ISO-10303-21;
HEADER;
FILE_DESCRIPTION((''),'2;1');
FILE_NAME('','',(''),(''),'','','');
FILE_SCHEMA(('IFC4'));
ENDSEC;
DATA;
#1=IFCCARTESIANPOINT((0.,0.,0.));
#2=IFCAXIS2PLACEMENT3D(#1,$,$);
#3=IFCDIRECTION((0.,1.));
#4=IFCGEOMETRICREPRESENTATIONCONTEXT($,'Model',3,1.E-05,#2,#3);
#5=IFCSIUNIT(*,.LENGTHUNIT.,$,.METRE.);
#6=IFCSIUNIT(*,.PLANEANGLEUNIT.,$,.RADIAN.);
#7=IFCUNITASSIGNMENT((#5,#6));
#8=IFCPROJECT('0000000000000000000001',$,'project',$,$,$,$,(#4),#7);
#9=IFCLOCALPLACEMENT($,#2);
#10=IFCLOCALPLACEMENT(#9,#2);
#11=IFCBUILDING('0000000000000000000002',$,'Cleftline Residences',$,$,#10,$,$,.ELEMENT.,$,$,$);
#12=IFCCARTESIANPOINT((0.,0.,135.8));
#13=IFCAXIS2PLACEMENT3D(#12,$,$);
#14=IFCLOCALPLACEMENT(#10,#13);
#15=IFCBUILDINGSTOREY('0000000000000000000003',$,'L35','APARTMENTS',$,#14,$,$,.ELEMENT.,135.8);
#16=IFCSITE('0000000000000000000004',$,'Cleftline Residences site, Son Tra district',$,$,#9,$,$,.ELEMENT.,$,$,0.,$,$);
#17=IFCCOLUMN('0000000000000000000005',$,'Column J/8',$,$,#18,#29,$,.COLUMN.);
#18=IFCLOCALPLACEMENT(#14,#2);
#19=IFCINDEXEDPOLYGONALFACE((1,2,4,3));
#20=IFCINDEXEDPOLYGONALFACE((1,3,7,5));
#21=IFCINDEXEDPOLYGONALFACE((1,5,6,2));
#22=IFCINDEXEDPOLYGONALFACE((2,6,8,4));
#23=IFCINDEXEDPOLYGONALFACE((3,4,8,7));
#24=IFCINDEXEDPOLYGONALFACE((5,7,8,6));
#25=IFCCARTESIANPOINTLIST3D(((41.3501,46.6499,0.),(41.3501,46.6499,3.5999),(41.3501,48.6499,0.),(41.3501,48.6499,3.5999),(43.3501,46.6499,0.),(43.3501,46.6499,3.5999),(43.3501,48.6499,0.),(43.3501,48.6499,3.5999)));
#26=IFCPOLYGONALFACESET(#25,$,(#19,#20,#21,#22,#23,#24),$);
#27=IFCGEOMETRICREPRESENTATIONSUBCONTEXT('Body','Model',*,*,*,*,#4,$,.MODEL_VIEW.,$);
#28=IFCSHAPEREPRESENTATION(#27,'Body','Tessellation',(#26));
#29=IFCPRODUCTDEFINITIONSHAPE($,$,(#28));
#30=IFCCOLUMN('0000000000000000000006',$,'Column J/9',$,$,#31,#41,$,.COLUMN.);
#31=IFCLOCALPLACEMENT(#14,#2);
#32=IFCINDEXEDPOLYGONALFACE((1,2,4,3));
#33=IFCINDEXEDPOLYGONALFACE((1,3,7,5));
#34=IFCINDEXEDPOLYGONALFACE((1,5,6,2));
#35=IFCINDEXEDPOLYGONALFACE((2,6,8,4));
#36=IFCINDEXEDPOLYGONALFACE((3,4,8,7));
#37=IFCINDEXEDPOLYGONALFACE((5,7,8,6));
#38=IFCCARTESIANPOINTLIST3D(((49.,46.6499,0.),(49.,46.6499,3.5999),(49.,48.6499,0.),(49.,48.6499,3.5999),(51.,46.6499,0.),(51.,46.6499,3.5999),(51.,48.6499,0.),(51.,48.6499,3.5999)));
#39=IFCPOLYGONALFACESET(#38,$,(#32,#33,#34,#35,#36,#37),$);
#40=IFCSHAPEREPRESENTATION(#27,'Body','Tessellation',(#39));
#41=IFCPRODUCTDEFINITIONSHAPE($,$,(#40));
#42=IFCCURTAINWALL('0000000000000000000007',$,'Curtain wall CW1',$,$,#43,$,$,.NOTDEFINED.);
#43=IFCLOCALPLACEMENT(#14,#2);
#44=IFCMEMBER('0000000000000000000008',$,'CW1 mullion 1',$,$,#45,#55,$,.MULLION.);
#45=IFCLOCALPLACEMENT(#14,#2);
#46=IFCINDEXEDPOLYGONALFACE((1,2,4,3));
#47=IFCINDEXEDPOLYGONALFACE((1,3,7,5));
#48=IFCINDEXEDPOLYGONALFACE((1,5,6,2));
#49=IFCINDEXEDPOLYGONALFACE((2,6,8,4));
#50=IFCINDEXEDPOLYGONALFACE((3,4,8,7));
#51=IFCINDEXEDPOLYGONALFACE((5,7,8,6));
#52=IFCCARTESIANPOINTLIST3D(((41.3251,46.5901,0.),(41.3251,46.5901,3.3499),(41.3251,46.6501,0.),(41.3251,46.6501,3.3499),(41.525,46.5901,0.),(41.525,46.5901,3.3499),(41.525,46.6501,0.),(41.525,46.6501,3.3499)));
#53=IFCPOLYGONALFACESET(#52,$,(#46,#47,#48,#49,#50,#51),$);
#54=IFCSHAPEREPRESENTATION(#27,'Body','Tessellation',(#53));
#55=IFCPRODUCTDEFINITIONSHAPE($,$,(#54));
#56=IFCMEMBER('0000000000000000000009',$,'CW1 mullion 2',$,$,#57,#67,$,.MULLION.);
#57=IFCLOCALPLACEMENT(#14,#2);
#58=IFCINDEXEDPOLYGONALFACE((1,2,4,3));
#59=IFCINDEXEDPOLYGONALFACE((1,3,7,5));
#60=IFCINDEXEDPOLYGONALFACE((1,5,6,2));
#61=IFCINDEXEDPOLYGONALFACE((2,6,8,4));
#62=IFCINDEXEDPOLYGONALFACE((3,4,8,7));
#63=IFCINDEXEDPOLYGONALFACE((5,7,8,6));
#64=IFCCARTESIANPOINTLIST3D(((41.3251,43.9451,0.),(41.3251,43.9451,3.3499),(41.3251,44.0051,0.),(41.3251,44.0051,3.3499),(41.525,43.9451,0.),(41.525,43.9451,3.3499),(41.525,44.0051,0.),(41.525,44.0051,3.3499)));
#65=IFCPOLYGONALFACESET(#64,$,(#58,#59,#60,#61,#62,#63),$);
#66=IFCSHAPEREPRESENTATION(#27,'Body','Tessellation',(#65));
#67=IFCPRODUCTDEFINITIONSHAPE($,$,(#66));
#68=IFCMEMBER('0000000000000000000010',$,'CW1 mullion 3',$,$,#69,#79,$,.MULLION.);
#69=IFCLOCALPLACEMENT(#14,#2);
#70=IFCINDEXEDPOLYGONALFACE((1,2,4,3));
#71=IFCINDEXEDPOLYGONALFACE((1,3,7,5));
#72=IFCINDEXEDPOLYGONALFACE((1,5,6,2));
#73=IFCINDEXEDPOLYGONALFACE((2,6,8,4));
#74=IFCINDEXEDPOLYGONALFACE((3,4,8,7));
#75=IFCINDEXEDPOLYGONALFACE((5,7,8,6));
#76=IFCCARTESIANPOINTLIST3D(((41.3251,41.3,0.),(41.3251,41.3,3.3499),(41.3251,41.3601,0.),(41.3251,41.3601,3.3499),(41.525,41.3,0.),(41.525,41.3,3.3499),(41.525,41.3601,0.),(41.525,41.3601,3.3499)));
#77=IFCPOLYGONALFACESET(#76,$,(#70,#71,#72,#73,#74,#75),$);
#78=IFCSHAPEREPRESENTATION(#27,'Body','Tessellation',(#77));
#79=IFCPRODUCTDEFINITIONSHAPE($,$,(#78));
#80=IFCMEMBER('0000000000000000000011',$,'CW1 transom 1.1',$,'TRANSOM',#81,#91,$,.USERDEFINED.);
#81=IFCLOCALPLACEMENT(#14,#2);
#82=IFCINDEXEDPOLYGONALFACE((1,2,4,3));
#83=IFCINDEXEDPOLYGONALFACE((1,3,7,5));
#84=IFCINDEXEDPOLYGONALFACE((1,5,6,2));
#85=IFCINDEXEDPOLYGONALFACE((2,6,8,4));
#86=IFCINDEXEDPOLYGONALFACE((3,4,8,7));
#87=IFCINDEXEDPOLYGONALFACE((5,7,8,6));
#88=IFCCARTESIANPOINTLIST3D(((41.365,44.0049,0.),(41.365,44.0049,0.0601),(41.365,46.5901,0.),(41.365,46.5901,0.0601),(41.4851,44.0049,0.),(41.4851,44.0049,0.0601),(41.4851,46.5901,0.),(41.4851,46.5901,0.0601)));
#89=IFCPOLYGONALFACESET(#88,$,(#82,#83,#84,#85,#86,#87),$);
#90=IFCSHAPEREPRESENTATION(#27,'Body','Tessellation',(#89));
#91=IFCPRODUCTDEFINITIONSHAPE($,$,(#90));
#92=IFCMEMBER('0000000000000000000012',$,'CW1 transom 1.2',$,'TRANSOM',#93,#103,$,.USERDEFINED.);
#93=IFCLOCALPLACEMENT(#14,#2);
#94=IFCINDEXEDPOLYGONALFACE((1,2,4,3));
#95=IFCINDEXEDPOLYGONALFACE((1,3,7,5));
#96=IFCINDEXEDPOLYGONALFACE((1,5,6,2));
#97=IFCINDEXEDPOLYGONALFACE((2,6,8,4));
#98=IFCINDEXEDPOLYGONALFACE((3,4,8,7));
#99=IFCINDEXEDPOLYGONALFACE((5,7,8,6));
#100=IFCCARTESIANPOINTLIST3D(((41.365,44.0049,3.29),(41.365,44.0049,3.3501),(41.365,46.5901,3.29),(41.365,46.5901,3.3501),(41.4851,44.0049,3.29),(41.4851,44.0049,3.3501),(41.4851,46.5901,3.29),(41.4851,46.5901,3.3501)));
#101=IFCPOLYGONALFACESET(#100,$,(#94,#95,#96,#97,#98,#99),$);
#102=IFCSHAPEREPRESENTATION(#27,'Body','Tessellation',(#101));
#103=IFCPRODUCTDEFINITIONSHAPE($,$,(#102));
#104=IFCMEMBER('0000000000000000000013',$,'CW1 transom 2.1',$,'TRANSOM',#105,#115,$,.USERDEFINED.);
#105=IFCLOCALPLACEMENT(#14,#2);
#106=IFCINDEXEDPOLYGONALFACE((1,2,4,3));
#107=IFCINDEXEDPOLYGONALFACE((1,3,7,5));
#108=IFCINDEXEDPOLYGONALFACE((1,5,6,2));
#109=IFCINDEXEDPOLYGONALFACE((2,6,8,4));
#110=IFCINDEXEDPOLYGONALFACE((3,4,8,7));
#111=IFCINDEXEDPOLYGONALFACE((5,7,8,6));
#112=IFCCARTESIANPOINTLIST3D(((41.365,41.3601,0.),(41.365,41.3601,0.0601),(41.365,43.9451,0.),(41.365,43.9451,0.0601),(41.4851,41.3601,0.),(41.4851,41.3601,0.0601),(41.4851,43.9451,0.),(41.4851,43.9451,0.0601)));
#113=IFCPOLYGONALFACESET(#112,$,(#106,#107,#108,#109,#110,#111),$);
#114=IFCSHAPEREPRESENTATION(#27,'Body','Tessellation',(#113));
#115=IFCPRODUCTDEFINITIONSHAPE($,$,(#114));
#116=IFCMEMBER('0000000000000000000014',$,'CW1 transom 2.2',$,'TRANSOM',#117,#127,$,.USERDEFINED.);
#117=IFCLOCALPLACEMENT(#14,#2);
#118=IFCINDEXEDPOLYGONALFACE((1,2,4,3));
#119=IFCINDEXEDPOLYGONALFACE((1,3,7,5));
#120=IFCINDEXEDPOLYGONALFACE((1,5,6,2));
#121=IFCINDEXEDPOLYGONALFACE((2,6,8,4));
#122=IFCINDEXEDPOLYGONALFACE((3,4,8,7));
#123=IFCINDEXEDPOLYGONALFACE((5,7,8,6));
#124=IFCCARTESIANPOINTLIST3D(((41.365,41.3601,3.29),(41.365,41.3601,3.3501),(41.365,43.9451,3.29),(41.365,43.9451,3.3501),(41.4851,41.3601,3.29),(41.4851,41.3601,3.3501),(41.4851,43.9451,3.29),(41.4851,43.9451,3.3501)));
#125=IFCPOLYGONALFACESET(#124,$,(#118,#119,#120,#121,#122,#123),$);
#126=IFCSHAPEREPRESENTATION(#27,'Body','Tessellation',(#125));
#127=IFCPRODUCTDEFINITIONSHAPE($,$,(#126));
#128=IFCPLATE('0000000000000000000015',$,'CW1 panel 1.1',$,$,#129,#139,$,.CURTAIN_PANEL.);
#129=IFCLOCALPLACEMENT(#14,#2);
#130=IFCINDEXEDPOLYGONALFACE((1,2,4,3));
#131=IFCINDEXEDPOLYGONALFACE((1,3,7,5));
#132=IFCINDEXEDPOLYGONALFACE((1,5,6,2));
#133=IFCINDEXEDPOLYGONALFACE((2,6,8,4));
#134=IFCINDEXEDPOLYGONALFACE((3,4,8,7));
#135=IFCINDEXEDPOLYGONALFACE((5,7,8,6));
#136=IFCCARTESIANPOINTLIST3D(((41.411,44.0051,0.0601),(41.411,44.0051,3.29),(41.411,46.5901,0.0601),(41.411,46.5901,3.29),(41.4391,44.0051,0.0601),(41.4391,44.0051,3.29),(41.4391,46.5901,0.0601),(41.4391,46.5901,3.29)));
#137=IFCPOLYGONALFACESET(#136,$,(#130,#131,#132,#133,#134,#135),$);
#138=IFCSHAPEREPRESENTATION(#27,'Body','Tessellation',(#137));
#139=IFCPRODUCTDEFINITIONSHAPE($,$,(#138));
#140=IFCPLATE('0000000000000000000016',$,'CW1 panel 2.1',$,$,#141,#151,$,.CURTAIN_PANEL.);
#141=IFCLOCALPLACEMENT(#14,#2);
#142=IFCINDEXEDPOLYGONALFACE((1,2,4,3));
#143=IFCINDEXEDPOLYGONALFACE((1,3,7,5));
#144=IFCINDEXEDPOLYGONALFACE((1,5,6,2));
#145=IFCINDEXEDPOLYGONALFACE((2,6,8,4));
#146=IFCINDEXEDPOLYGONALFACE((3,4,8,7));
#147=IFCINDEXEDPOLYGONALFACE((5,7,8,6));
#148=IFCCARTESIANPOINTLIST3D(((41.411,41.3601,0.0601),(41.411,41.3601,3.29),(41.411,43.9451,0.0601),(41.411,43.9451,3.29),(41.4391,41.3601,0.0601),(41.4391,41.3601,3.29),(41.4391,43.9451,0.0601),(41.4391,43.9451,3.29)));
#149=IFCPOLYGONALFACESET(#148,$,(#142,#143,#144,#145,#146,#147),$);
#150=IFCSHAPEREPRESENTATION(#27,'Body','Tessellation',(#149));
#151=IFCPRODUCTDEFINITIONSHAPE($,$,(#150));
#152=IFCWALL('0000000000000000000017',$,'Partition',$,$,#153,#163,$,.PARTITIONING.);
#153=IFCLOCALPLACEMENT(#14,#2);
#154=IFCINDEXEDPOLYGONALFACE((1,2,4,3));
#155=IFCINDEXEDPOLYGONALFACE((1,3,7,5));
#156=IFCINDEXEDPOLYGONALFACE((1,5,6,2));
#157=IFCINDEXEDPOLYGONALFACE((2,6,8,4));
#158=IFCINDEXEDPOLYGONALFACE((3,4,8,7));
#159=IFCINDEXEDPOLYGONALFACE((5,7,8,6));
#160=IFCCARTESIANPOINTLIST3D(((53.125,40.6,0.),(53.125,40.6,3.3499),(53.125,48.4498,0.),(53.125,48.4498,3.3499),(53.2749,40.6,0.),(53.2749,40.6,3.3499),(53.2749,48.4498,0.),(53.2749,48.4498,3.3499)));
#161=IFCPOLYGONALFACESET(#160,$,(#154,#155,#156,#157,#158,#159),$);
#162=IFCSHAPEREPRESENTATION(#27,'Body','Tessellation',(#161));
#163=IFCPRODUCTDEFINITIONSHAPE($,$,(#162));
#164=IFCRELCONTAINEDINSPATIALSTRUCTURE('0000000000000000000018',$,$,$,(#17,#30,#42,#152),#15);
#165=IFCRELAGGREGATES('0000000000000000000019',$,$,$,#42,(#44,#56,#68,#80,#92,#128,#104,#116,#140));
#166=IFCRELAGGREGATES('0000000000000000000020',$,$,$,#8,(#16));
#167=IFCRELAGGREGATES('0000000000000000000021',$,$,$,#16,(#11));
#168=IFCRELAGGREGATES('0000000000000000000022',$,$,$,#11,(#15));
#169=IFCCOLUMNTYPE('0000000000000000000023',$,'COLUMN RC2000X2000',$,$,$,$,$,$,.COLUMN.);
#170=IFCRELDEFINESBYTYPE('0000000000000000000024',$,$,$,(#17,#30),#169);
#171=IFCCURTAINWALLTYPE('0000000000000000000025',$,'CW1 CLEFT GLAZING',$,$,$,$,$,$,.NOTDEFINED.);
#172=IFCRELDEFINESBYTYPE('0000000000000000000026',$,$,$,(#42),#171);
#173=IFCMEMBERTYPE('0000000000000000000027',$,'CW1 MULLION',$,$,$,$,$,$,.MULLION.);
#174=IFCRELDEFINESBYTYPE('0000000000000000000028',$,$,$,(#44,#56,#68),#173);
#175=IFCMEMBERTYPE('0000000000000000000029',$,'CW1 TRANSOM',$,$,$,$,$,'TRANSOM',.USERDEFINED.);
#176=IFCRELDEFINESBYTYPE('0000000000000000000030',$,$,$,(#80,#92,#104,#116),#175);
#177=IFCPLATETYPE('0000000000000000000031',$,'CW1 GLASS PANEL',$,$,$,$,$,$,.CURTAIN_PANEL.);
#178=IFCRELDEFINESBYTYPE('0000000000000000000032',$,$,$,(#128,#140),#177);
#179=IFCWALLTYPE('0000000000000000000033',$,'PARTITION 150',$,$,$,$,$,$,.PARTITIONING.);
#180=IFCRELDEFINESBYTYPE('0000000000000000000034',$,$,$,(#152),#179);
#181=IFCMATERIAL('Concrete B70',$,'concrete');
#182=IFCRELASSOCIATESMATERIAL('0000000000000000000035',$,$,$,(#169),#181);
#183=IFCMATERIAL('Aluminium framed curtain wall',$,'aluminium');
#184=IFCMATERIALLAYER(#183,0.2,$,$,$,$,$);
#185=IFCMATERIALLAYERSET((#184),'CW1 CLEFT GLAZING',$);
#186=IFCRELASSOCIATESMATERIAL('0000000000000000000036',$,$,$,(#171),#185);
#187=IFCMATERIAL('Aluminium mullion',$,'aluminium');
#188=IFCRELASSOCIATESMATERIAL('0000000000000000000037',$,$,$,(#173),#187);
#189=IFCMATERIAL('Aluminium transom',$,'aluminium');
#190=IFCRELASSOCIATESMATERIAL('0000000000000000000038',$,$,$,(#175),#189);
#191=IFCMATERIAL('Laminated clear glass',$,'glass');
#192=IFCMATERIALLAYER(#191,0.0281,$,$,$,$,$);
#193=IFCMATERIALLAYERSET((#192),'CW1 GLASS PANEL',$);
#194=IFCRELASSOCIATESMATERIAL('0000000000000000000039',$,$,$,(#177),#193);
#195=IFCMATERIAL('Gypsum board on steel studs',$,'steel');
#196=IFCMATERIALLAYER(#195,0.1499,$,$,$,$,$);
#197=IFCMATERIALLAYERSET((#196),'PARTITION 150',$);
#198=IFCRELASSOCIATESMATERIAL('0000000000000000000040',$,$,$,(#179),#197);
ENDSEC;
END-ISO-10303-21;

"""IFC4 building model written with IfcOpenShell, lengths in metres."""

from ifc_helpers import new_model, si_unit, direction, frame, frame_2d, origin, origin_2d, place, context, subcontext, project, spatial, rectangle, extrude, material, layer, layer_set, material_profile, profile_set, type_object, element, aggregate, save


model = new_model("IFC4")

# Units and contexts
model_context = context("Model", 3, precision=1e-05, world=origin(), true_north=direction((0.0, 1.0)))
body_context = subcontext(model_context, "Body", "Model", "MODEL_VIEW")
ifc_project = project(units=[si_unit("LENGTHUNIT", "METRE"), si_unit("PLANEANGLEUNIT", "RADIAN")], contexts=[model_context])

# Site, building, storey
site_placement = place(None, origin())
site = spatial("IfcSite", under=ifc_project, at=site_placement, Name="Cleftline Residences site, Son Tra district", CompositionType="ELEMENT", RefElevation=0.0)
building_placement = place(site_placement, origin())
building = spatial("IfcBuilding", under=site, at=building_placement, Name="Cleftline Residences", CompositionType="ELEMENT")
storey_placement = place(building_placement, frame((0.0, 0.0, 135.8)))
storey = spatial("IfcBuildingStorey", under=building, at=storey_placement, Name="L35", Description="APARTMENTS", CompositionType="ELEMENT", Elevation=135.8)

# Columns
ifc_material_1 = material(Name="Concrete B70", Category="concrete")
ifc_material_profile_1 = material_profile(ifc_material_1, rectangle(XDim=2.0, YDim=2.0, at=origin_2d()))
ifc_profile_set_1 = profile_set([ifc_material_profile_1], Name="Concrete B70")
column_type = type_object("IfcColumnType", Name="COLUMN RC2000X2000", PredefinedType="COLUMN", material=ifc_profile_set_1)
for number, where, z_axis, x_axis, name in (
    (1, (42.3501, 47.6499, 0.0), (0.0, 0.0, 1.0), (1.0, 0.0, 0.0), "Column J/8"),
    (2, (50.0, 47.6499, 0.0), (0.0, 0.0, 1.0), (1.0, 0.0, 0.0), "Column J/9"),
):
    element("IfcColumn", number, at=place(storey_placement, frame(where, z_axis=z_axis, x_axis=x_axis)), inside=storey, type_object=column_type, Name=name, PredefinedType="COLUMN", context=body_context, shape_type="SweptSolid", body=[
        extrude(rectangle(XDim=2.0, YDim=2.0, at=origin_2d()), origin(), (0.0, 0.0, 1.0), 3.5999),
    ])

# Curtain wall, members, plates
ifc_material_2 = material(Name="Aluminium framed curtain wall", Category="aluminium")
ifc_layer_1 = layer(ifc_material_2, 0.2)
ifc_layer_set_1 = layer_set([ifc_layer_1], Name="CW1 CLEFT GLAZING")
curtain_wall_type = type_object("IfcCurtainWallType", Name="CW1 CLEFT GLAZING", PredefinedType="NOTDEFINED", material=ifc_layer_set_1)
curtain_wall_placement = place(storey_placement, origin())
curtain_wall = element("IfcCurtainWall", 3, at=curtain_wall_placement, inside=storey, type_object=curtain_wall_type, Name="Curtain wall CW1", PredefinedType="NOTDEFINED")
ifc_material_3 = material(Name="Aluminium mullion", Category="aluminium")
ifc_material_profile_2 = material_profile(ifc_material_3, rectangle(XDim=0.2, YDim=0.0601, at=origin_2d()))
ifc_profile_set_2 = profile_set([ifc_material_profile_2], Name="Aluminium mullion")
member_type_1 = type_object("IfcMemberType", Name="CW1 MULLION", PredefinedType="MULLION", material=ifc_profile_set_2)
member_1_placement = place(storey_placement, frame((41.425, 46.6201, 0.0), z_axis=(0.0, 0.0, 1.0), x_axis=(1.0, 0.0, 0.0)))
member_1 = element("IfcMember", 4, at=member_1_placement, type_object=member_type_1, Name="CW1 mullion 1", PredefinedType="MULLION", context=body_context, shape_type="SweptSolid", body=[
    extrude(rectangle(XDim=0.2, YDim=0.0601, at=origin_2d()), origin(), (0.0, 0.0, 1.0), 3.3499),
])
member_2_placement = place(storey_placement, frame((41.425, 43.9751, 0.0), z_axis=(0.0, 0.0, 1.0), x_axis=(1.0, 0.0, 0.0)))
member_2 = element("IfcMember", 5, at=member_2_placement, type_object=member_type_1, Name="CW1 mullion 2", PredefinedType="MULLION", context=body_context, shape_type="SweptSolid", body=[
    extrude(rectangle(XDim=0.2, YDim=0.0601, at=origin_2d()), origin(), (0.0, 0.0, 1.0), 3.3499),
])
member_3_placement = place(storey_placement, frame((41.425, 41.3301, 0.0), z_axis=(0.0, 0.0, 1.0), x_axis=(1.0, 0.0, 0.0)))
member_3 = element("IfcMember", 6, at=member_3_placement, type_object=member_type_1, Name="CW1 mullion 3", PredefinedType="MULLION", context=body_context, shape_type="SweptSolid", body=[
    extrude(rectangle(XDim=0.2, YDim=0.0601, at=origin_2d()), origin(), (0.0, 0.0, 1.0), 3.3499),
])
ifc_material_4 = material(Name="Aluminium transom", Category="aluminium")
ifc_material_profile_3 = material_profile(ifc_material_4, rectangle(XDim=0.1201, YDim=0.0601, at=origin_2d()))
ifc_profile_set_3 = profile_set([ifc_material_profile_3], Name="Aluminium transom")
member_type_2 = type_object("IfcMemberType", Name="CW1 TRANSOM", ElementType="TRANSOM", PredefinedType="USERDEFINED", material=ifc_profile_set_3)
member_4_placement = place(storey_placement, frame((41.425, 46.5901, 0.03), z_axis=(0.0, -1.0, 0.0), x_axis=(1.0, 0.0, 0.0)))
member_4 = element("IfcMember", 7, at=member_4_placement, type_object=member_type_2, Name="CW1 transom 1.1", ObjectType="TRANSOM", PredefinedType="USERDEFINED", context=body_context, shape_type="SweptSolid", body=[
    extrude(rectangle(XDim=0.1201, YDim=0.0601, at=origin_2d()), origin(), (0.0, 0.0, 1.0), 2.5852),
])
member_5_placement = place(storey_placement, frame((41.425, 46.5901, 3.3201), z_axis=(0.0, -1.0, 0.0), x_axis=(1.0, 0.0, 0.0)))
member_5 = element("IfcMember", 8, at=member_5_placement, type_object=member_type_2, Name="CW1 transom 1.2", ObjectType="TRANSOM", PredefinedType="USERDEFINED", context=body_context, shape_type="SweptSolid", body=[
    extrude(rectangle(XDim=0.1201, YDim=0.0601, at=origin_2d()), origin(), (0.0, 0.0, 1.0), 2.5852),
])
member_6_placement = place(storey_placement, frame((41.425, 43.9451, 0.03), z_axis=(0.0, -1.0, 0.0), x_axis=(1.0, 0.0, 0.0)))
member_6 = element("IfcMember", 9, at=member_6_placement, type_object=member_type_2, Name="CW1 transom 2.1", ObjectType="TRANSOM", PredefinedType="USERDEFINED", context=body_context, shape_type="SweptSolid", body=[
    extrude(rectangle(XDim=0.1201, YDim=0.0601, at=origin_2d()), origin(), (0.0, 0.0, 1.0), 2.585),
])
member_7_placement = place(storey_placement, frame((41.425, 43.9451, 3.3201), z_axis=(0.0, -1.0, 0.0), x_axis=(1.0, 0.0, 0.0)))
member_7 = element("IfcMember", 10, at=member_7_placement, type_object=member_type_2, Name="CW1 transom 2.2", ObjectType="TRANSOM", PredefinedType="USERDEFINED", context=body_context, shape_type="SweptSolid", body=[
    extrude(rectangle(XDim=0.1201, YDim=0.0601, at=origin_2d()), origin(), (0.0, 0.0, 1.0), 2.585),
])
ifc_material_5 = material(Name="Laminated clear glass", Category="glass")
ifc_layer_2 = layer(ifc_material_5, 0.0281)
ifc_layer_set_2 = layer_set([ifc_layer_2], Name="CW1 GLASS PANEL")
plate_type = type_object("IfcPlateType", Name="CW1 GLASS PANEL", PredefinedType="CURTAIN_PANEL", material=ifc_layer_set_2)
plate_1_placement = place(storey_placement, frame((41.425, 45.2976, 0.0601), z_axis=(0.0, 0.0, 1.0), x_axis=(0.0, -1.0, 0.0)))
plate_1 = element("IfcPlate", 11, at=plate_1_placement, type_object=plate_type, Name="CW1 panel 1.1", PredefinedType="CURTAIN_PANEL", context=body_context, shape_type="SweptSolid", body=[
    extrude(rectangle(XDim=2.585, YDim=0.0281, at=origin_2d()), origin(), (0.0, 0.0, 1.0), 3.23),
])
plate_2_placement = place(storey_placement, frame((41.425, 42.6526, 0.0601), z_axis=(0.0, 0.0, 1.0), x_axis=(0.0, -1.0, 0.0)))
plate_2 = element("IfcPlate", 12, at=plate_2_placement, type_object=plate_type, Name="CW1 panel 2.1", PredefinedType="CURTAIN_PANEL", context=body_context, shape_type="SweptSolid", body=[
    extrude(rectangle(XDim=2.585, YDim=0.0281, at=origin_2d()), origin(), (0.0, 0.0, 1.0), 3.23),
])
aggregate(curtain_wall, [member_1, member_2, member_3, member_4, member_5, plate_1, member_6, member_7, plate_2])

# Wall
ifc_material_6 = material(Name="Gypsum board on steel studs", Category="steel")
ifc_layer_3 = layer(ifc_material_6, 0.1499)
ifc_layer_set_3 = layer_set([ifc_layer_3], Name="PARTITION 150")
wall_type = type_object("IfcWallType", Name="PARTITION 150", PredefinedType="PARTITIONING", material=ifc_layer_set_3)
wall_placement = place(storey_placement, frame((53.2, 40.6001, 0.0), z_axis=(0.0, 0.0, 1.0), x_axis=(0.0, 1.0, 0.0)))
element("IfcWall", 13, at=wall_placement, inside=storey, type_object=wall_type, Name="Partition", PredefinedType="PARTITIONING", context=body_context, shape_type="SweptSolid", body=[
    extrude(rectangle(XDim=7.8499, YDim=0.1499, at=frame_2d((3.9248, 0.0))), origin(), (0.0, 0.0, 1.0), 3.3499),
])

save(model, "model.ifc")
